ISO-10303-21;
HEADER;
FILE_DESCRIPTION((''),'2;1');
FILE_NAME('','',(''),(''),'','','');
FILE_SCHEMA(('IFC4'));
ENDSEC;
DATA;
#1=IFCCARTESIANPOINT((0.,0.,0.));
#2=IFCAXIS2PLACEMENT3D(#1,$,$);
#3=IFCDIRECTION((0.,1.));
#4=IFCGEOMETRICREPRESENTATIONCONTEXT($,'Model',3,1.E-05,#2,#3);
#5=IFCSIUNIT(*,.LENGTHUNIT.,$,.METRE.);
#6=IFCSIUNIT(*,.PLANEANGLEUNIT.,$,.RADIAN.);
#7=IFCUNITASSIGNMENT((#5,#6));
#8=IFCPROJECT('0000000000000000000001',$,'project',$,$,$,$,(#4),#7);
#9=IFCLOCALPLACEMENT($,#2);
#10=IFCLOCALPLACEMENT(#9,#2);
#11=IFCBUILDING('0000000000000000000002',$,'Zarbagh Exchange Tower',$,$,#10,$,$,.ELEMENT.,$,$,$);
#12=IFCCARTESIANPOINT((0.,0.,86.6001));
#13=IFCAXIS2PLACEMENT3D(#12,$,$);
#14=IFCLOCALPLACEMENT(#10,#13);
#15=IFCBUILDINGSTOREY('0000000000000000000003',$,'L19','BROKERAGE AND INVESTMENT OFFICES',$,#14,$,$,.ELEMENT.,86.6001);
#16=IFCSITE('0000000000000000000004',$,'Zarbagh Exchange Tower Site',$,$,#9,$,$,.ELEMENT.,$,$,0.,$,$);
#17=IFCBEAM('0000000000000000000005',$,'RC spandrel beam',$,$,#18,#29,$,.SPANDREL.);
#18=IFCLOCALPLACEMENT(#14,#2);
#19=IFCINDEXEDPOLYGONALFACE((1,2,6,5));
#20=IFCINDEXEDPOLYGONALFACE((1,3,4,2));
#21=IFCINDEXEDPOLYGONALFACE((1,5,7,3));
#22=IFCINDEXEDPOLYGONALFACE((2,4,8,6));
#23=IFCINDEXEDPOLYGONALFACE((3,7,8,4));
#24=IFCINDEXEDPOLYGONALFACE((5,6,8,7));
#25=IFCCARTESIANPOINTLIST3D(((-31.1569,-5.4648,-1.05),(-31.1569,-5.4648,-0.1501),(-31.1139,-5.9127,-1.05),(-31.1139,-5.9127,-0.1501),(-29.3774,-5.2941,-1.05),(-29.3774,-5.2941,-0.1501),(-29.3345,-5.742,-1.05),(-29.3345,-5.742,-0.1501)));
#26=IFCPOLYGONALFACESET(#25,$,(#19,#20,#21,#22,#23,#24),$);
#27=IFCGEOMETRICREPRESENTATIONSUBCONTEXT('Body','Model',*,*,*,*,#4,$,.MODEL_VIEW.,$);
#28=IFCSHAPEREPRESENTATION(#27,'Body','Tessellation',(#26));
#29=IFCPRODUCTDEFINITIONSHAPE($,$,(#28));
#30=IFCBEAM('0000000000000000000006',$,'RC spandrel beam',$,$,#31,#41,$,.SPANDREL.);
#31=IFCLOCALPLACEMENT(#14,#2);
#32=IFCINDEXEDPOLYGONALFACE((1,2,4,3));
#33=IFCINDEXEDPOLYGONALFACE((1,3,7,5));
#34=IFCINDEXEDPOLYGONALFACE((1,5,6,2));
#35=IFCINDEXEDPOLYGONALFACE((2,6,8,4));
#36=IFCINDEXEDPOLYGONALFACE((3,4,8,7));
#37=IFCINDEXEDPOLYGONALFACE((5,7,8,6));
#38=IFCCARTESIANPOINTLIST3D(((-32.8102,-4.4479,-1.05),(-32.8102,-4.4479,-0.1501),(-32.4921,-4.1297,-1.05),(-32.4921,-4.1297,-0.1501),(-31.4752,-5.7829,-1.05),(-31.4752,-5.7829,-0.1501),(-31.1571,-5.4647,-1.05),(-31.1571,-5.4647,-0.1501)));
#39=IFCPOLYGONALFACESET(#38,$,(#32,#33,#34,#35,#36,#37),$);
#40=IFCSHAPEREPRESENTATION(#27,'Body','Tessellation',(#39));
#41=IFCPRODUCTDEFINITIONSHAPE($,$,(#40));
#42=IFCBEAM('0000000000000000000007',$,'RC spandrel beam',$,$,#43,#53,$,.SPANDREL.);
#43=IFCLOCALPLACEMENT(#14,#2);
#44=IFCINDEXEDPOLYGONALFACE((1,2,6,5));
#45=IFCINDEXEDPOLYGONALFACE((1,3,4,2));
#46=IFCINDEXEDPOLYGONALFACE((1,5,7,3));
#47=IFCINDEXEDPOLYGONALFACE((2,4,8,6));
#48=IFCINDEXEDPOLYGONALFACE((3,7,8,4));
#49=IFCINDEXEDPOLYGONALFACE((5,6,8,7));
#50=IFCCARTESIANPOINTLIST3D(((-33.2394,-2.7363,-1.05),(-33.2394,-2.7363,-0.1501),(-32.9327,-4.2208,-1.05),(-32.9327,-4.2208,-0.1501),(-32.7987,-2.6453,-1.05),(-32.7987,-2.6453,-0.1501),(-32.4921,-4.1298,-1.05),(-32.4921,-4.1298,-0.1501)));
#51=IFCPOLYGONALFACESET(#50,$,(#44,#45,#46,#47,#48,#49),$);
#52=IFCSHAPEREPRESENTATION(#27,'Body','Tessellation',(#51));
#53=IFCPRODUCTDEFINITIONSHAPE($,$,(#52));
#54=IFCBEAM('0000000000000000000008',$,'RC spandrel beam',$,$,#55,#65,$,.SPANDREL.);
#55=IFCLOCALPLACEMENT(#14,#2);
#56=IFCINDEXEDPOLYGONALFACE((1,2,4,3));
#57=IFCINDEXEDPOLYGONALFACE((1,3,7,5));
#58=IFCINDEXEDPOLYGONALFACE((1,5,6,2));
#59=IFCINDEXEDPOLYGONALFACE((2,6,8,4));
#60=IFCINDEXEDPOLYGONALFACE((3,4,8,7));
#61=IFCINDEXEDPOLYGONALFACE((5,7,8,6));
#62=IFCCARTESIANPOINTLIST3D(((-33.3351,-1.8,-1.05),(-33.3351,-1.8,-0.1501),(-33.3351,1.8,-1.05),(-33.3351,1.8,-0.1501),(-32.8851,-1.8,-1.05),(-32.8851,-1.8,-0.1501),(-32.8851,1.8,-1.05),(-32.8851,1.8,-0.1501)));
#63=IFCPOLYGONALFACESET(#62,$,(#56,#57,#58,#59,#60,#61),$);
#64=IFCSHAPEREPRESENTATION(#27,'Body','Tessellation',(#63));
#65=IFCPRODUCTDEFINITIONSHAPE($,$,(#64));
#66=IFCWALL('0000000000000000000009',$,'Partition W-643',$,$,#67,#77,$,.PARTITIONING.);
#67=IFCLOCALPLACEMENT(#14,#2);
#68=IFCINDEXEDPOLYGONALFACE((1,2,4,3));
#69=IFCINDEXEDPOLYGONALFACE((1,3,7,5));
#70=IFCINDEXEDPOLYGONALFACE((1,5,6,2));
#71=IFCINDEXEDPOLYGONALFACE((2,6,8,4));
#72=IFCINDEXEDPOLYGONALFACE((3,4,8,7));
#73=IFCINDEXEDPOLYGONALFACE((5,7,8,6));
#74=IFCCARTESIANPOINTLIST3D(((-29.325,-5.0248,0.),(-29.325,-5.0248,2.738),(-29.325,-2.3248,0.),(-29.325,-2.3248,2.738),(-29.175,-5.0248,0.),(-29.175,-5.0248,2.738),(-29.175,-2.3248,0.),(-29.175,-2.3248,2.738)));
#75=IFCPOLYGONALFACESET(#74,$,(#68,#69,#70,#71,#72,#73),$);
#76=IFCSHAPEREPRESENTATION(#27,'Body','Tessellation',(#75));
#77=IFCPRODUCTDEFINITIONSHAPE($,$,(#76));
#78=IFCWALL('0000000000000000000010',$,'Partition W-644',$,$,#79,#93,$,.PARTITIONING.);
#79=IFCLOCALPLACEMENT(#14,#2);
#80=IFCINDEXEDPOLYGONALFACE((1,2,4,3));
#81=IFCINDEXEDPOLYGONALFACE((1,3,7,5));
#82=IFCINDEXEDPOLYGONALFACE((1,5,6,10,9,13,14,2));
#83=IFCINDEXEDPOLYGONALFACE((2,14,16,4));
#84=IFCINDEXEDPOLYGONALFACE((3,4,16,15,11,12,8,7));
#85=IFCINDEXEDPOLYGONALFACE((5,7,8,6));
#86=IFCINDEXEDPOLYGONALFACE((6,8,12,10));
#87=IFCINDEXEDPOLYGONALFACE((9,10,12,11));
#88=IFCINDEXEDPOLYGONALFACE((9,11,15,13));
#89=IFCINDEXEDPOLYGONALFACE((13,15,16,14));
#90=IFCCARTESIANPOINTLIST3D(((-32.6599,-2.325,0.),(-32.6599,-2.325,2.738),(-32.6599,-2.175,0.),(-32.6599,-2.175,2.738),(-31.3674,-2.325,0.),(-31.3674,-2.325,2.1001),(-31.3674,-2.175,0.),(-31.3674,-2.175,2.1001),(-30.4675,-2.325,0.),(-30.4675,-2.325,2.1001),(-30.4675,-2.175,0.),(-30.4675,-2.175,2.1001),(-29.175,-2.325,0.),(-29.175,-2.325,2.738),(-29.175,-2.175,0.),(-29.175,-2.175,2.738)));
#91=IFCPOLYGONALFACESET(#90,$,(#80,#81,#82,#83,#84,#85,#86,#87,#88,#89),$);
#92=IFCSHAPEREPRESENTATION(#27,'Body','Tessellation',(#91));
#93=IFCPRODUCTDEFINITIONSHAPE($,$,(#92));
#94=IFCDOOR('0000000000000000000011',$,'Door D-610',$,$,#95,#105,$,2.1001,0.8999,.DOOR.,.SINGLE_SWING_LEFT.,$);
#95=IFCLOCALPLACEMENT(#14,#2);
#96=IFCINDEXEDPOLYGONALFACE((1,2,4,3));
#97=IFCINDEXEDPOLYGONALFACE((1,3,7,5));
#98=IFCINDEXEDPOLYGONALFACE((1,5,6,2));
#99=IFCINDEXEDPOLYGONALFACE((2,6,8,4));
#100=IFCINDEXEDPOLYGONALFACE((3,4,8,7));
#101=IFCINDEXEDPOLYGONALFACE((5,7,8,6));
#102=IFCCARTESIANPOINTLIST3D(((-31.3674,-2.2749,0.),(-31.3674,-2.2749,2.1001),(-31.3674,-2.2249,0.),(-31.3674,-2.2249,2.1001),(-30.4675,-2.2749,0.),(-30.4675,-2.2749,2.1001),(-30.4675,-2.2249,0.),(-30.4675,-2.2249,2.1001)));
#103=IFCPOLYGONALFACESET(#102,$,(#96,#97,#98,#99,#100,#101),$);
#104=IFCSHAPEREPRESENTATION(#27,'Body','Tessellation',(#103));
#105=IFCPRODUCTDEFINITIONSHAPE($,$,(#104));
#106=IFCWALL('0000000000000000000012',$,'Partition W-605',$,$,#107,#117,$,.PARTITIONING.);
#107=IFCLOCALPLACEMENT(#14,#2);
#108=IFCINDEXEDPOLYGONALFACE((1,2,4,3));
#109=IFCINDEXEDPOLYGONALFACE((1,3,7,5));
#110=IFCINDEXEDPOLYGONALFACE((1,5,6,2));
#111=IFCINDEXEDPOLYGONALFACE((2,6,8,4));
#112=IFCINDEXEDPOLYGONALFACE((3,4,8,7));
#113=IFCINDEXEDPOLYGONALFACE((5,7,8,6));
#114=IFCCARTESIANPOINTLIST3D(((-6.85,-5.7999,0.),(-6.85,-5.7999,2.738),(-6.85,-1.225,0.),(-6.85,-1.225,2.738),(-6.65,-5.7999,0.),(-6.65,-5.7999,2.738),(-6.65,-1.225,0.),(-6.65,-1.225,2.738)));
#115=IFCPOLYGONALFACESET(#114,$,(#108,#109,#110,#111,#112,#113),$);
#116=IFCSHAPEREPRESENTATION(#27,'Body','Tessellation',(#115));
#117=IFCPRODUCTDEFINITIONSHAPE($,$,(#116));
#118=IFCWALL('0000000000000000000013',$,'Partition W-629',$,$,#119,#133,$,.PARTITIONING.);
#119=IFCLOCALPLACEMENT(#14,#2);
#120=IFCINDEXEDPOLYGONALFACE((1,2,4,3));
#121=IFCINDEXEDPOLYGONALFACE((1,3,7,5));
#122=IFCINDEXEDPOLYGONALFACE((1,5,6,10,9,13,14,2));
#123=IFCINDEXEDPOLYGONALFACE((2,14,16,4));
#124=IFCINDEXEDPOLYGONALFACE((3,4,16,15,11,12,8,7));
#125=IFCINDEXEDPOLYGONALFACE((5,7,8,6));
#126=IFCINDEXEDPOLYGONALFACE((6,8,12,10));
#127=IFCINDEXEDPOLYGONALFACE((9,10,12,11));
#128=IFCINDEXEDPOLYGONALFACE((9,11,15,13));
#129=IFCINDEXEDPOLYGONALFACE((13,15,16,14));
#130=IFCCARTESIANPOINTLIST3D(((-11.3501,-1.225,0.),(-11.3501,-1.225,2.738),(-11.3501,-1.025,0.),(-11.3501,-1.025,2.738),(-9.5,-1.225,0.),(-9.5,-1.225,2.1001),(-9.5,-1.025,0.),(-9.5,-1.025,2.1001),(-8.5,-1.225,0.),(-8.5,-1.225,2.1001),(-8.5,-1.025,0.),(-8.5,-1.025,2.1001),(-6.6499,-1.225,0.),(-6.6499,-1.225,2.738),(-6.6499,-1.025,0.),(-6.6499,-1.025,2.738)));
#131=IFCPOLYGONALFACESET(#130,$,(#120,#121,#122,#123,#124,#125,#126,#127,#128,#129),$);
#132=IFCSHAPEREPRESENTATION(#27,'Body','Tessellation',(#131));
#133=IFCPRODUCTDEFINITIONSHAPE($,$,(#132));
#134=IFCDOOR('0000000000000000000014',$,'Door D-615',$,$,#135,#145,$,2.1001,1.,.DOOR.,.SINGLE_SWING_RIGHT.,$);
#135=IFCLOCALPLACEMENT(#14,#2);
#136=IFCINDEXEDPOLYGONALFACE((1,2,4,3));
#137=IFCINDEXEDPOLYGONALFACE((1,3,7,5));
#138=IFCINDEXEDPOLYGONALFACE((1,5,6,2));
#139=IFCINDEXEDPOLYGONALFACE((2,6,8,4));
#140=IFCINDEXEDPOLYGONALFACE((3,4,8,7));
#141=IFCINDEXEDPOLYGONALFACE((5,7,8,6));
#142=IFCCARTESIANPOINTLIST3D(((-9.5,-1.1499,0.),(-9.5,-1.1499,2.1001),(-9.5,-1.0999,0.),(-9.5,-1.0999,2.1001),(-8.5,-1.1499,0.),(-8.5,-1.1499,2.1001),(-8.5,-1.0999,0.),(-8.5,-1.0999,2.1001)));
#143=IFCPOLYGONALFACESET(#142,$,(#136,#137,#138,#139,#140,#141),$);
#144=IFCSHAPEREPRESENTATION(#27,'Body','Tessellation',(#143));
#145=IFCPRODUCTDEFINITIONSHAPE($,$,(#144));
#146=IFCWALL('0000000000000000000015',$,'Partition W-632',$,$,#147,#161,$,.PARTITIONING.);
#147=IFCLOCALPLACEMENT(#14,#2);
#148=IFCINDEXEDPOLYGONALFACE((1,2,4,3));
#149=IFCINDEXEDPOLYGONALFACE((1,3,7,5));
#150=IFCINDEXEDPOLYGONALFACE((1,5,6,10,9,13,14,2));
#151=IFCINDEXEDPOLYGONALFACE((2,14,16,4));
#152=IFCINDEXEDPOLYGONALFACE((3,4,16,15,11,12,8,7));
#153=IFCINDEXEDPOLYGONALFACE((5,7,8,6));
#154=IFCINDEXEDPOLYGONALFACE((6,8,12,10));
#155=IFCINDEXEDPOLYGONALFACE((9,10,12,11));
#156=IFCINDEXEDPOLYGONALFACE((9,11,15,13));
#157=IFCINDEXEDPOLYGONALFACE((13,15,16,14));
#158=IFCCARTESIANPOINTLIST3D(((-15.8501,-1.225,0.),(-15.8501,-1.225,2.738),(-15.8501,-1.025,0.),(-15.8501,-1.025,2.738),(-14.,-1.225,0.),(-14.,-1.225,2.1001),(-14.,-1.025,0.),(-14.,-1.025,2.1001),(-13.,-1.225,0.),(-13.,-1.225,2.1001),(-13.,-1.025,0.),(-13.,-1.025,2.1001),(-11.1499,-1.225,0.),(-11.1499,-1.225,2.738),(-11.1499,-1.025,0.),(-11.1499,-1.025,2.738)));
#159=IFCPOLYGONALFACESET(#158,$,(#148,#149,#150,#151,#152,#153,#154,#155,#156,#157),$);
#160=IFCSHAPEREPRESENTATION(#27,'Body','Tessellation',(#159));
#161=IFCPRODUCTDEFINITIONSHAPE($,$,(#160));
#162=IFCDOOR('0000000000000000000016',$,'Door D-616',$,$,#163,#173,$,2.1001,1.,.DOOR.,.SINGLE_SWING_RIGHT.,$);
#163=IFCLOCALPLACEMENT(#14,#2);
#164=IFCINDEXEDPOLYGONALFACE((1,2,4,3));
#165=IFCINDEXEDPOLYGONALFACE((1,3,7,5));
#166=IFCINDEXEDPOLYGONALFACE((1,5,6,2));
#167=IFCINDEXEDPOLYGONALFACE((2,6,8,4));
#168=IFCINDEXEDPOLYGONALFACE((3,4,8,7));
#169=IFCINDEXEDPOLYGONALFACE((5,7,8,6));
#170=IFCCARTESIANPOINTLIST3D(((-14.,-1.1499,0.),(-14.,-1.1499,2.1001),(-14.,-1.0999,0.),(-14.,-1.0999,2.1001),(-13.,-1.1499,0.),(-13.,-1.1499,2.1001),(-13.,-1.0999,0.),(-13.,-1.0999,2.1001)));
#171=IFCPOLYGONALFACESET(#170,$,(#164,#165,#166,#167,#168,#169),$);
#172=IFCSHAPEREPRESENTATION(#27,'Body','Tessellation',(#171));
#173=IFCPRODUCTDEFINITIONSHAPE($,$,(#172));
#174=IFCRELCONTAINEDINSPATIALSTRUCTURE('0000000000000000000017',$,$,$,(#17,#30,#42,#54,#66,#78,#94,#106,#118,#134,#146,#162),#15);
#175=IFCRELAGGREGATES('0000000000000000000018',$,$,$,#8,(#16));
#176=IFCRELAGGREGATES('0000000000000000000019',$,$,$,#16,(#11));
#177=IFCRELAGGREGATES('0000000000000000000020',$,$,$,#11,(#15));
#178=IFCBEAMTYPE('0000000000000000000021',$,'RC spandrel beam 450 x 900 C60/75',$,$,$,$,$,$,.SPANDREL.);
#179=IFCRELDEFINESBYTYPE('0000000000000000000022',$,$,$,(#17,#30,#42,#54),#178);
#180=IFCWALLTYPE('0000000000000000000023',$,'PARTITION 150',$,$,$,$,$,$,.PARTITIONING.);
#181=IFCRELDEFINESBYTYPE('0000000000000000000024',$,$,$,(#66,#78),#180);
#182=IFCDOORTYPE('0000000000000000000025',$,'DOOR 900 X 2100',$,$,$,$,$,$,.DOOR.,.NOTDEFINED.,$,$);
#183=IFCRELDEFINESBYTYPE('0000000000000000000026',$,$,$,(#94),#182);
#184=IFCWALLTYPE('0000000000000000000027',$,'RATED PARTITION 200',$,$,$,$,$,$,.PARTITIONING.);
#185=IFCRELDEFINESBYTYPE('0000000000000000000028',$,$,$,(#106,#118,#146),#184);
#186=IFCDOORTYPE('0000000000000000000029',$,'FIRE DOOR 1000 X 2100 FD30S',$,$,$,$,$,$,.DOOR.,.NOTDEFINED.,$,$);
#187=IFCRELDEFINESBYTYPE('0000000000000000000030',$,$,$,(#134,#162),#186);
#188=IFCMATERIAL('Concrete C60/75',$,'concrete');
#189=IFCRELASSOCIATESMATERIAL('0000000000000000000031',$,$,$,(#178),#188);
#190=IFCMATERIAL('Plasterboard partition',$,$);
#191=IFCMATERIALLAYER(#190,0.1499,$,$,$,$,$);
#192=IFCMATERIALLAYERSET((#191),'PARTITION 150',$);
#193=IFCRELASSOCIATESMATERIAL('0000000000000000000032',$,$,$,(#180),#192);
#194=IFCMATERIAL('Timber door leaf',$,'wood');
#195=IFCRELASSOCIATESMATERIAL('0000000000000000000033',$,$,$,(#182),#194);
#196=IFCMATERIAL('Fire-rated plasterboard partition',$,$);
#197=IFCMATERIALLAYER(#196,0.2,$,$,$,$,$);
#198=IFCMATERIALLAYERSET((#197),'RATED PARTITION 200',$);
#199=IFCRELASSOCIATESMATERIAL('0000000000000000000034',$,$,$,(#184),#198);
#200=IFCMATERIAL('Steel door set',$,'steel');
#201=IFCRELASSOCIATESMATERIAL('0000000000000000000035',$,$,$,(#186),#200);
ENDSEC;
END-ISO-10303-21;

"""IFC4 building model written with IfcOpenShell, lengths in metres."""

from ifc_helpers import new_model, si_unit, direction, frame, frame_2d, origin, origin_2d, place, context, subcontext, project, spatial, rectangle, extrude, material, layer, layer_set, material_profile, profile_set, type_object, element, fill, save


model = new_model("IFC4")

# Units and contexts
model_context = context("Model", 3, precision=1e-05, world=origin(), true_north=direction((0.0, 1.0)))
body_context = subcontext(model_context, "Body", "Model", "MODEL_VIEW")
ifc_project = project(units=[si_unit("LENGTHUNIT", "METRE"), si_unit("PLANEANGLEUNIT", "RADIAN")], contexts=[model_context])

# Site, building, storey
site_placement = place(None, origin())
site = spatial("IfcSite", under=ifc_project, at=site_placement, Name="Zarbagh Exchange Tower Site", CompositionType="ELEMENT", RefElevation=0.0)
building_placement = place(site_placement, origin())
building = spatial("IfcBuilding", under=site, at=building_placement, Name="Zarbagh Exchange Tower", CompositionType="ELEMENT")
storey_placement = place(building_placement, frame((0.0, 0.0, 86.6001)))
storey = spatial("IfcBuildingStorey", under=building, at=storey_placement, Name="L19", Description="BROKERAGE AND INVESTMENT OFFICES", CompositionType="ELEMENT", Elevation=86.6001)

# Shared definitions
ifc_material_1 = material(Name="Concrete C60/75", Category="concrete")

# Beams
ifc_material_profile_1 = material_profile(ifc_material_1, rectangle(XDim=0.45, YDim=0.8999, at=origin_2d()), Name="RC spandrel beam 450 x 900 C60/75")
ifc_profile_set_1 = profile_set([ifc_material_profile_1], Name="Concrete C60/75")
beam_type_1 = type_object("IfcBeamType", Name="RC spandrel beam 450 x 900 C60/75", PredefinedType="SPANDREL", material=ifc_profile_set_1)
beam_1_placement = place(storey_placement, frame((-29.356, -5.5181, -0.6001), z_axis=(-0.995433, -0.09546, 0.0), x_axis=(0.09546, -0.995433, 0.0)))
element("IfcBeam", 1, at=beam_1_placement, inside=storey, type_object=beam_type_1, Name="RC spandrel beam", PredefinedType="SPANDREL", context=body_context, shape_type="SweptSolid", body=[
    extrude(rectangle(XDim=0.45, YDim=0.8999, at=origin_2d()), origin(), (0.0, 0.0, 1.0), 1.7876),
])
beam_2_placement = place(storey_placement, frame((-31.3162, -5.6238, -0.6001), z_axis=(-0.707107, 0.707107, 0.0), x_axis=(-0.707107, -0.707107, 0.0)))
element("IfcBeam", 2, at=beam_2_placement, inside=storey, type_object=beam_type_1, Name="RC spandrel beam", PredefinedType="SPANDREL", context=body_context, shape_type="SweptSolid", body=[
    extrude(rectangle(XDim=0.45, YDim=0.8999, at=origin_2d()), origin(), (0.0, 0.0, 1.0), 1.8879),
])
beam_3_placement = place(storey_placement, frame((-32.7124, -4.1753, -0.6001), z_axis=(-0.202275, 0.979329, 0.0), x_axis=(-0.979329, -0.202275, 0.0)))
element("IfcBeam", 3, at=beam_3_placement, inside=storey, type_object=beam_type_1, Name="RC spandrel beam", PredefinedType="SPANDREL", context=body_context, shape_type="SweptSolid", body=[
    extrude(rectangle(XDim=0.45, YDim=0.8999, at=origin_2d()), origin(), (0.0, 0.0, 1.0), 1.5159),
])
beam_4_placement = place(storey_placement, frame((-33.1101, -1.8, -0.6001), z_axis=(0.0, 1.0, 0.0), x_axis=(-1.0, 0.0, 0.0)))
element("IfcBeam", 4, at=beam_4_placement, inside=storey, type_object=beam_type_1, Name="RC spandrel beam", PredefinedType="SPANDREL", context=body_context, shape_type="SweptSolid", body=[
    extrude(rectangle(XDim=0.45, YDim=0.8999, at=origin_2d()), origin(), (0.0, 0.0, 1.0), 3.6001),
])

# Wall
ifc_material_2 = material(Name="Plasterboard partition")
ifc_layer_1 = layer(ifc_material_2, 0.1499)
ifc_layer_set_1 = layer_set([ifc_layer_1], Name="PARTITION 150")
wall_type_1 = type_object("IfcWallType", Name="PARTITION 150", PredefinedType="PARTITIONING", material=ifc_layer_set_1)
wall_1_placement = place(storey_placement, frame((-29.25, -5.0249, 0.0), z_axis=(0.0, 0.0, 1.0), x_axis=(0.0, 1.0, 0.0)))
element("IfcWall", 5, at=wall_1_placement, inside=storey, type_object=wall_type_1, Name="Partition W-643", PredefinedType="PARTITIONING", context=body_context, shape_type="SweptSolid", body=[
    extrude(rectangle(XDim=2.7, YDim=0.1499, at=frame_2d((1.3501, 0.0))), origin(), (0.0, 0.0, 1.0), 2.738),
])

# Wall, opening, door
wall_2_placement = place(storey_placement, frame((-29.175, -2.25, 0.0), z_axis=(0.0, 0.0, 1.0), x_axis=(-1.0, 0.0, 0.0)))
wall_2 = element("IfcWall", 6, at=wall_2_placement, inside=storey, type_object=wall_type_1, Name="Partition W-644", PredefinedType="PARTITIONING", context=body_context, shape_type="SweptSolid", body=[
    extrude(rectangle(XDim=3.4849, YDim=0.1499, at=frame_2d((1.7424, 0.0))), origin(), (0.0, 0.0, 1.0), 2.738),
])
opening_1_placement = place(wall_2_placement, frame((1.2925, 0.0, 0.0)))
opening_1 = element("IfcOpeningElement", 7, at=opening_1_placement, cuts=wall_2, PredefinedType="OPENING", context=body_context, shape_type="SweptSolid", body=[
    extrude(rectangle(XDim=0.8999, YDim=2.1001, at=frame_2d((0.45, 1.05))), frame((0.0, 0.085, 0.0), z_axis=(0.0, -1.0, 0.0), x_axis=(1.0, 0.0, 0.0)), (0.0, 0.0, 1.0), 0.1699),
])
ifc_material_3 = material(Name="Timber door leaf", Category="wood")
door_type_1 = type_object("IfcDoorType", Name="DOOR 900 X 2100", OperationType="NOTDEFINED", PredefinedType="DOOR", material=ifc_material_3)
door_1_placement = place(opening_1_placement, origin())
door_1 = element("IfcDoor", 8, at=door_1_placement, inside=storey, type_object=door_type_1, Name="Door D-610", OperationType="SINGLE_SWING_LEFT", OverallHeight=2.1001, OverallWidth=0.8999, PredefinedType="DOOR", context=body_context, shape_type="SweptSolid", body=[
    extrude(rectangle(XDim=0.8999, YDim=2.1001, at=frame_2d((0.45, 1.05))), frame((0.0, 0.0249, 0.0), z_axis=(0.0, -1.0, 0.0), x_axis=(1.0, 0.0, 0.0)), (0.0, 0.0, 1.0), 0.05),
])
fill(opening_1, door_1)

# Wall
ifc_material_4 = material(Name="Fire-rated plasterboard partition")
ifc_layer_2 = layer(ifc_material_4, 0.2)
ifc_layer_set_2 = layer_set([ifc_layer_2], Name="RATED PARTITION 200")
wall_type_2 = type_object("IfcWallType", Name="RATED PARTITION 200", PredefinedType="PARTITIONING", material=ifc_layer_set_2)
wall_3_placement = place(storey_placement, frame((-6.75, -5.8, 0.0), z_axis=(0.0, 0.0, 1.0), x_axis=(0.0, 1.0, 0.0)))
element("IfcWall", 9, at=wall_3_placement, inside=storey, type_object=wall_type_2, Name="Partition W-605", PredefinedType="PARTITIONING", context=body_context, shape_type="SweptSolid", body=[
    extrude(rectangle(XDim=4.575, YDim=0.2, at=frame_2d((2.2876, 0.0))), origin(), (0.0, 0.0, 1.0), 2.738),
])

# Walls, openings, doors
wall_4_placement = place(storey_placement, frame((-6.6499, -1.125, 0.0), z_axis=(0.0, 0.0, 1.0), x_axis=(-1.0, 0.0, 0.0)))
wall_4 = element("IfcWall", 10, at=wall_4_placement, inside=storey, type_object=wall_type_2, Name="Partition W-629", PredefinedType="PARTITIONING", context=body_context, shape_type="SweptSolid", body=[
    extrude(rectangle(XDim=4.7002, YDim=0.2, at=frame_2d((2.3501, 0.0))), origin(), (0.0, 0.0, 1.0), 2.738),
])
opening_2_placement = place(wall_4_placement, frame((1.8501, 0.0, 0.0)))
opening_2 = element("IfcOpeningElement", 11, at=opening_2_placement, cuts=wall_4, PredefinedType="OPENING", context=body_context, shape_type="SweptSolid", body=[
    extrude(rectangle(XDim=1.0, YDim=2.1001, at=frame_2d((0.5, 1.05))), frame((0.0, 0.1099, 0.0), z_axis=(0.0, -1.0, 0.0), x_axis=(1.0, 0.0, 0.0)), (0.0, 0.0, 1.0), 0.22),
])
ifc_material_5 = material(Name="Steel door set", Category="steel")
door_type_2 = type_object("IfcDoorType", Name="FIRE DOOR 1000 X 2100 FD30S", OperationType="NOTDEFINED", PredefinedType="DOOR", material=ifc_material_5)
door_2_placement = place(opening_2_placement, origin())
door_2 = element("IfcDoor", 12, at=door_2_placement, inside=storey, type_object=door_type_2, Name="Door D-615", OperationType="SINGLE_SWING_RIGHT", OverallHeight=2.1001, OverallWidth=1.0, PredefinedType="DOOR", context=body_context, shape_type="SweptSolid", body=[
    extrude(rectangle(XDim=1.0, YDim=2.1001, at=frame_2d((0.5, 1.05))), frame((0.0, 0.0249, 0.0), z_axis=(0.0, -1.0, 0.0), x_axis=(1.0, 0.0, 0.0)), (0.0, 0.0, 1.0), 0.05),
])
fill(opening_2, door_2)
wall_5_placement = place(storey_placement, frame((-11.1499, -1.125, 0.0), z_axis=(0.0, 0.0, 1.0), x_axis=(-1.0, 0.0, 0.0)))
wall_5 = element("IfcWall", 13, at=wall_5_placement, inside=storey, type_object=wall_type_2, Name="Partition W-632", PredefinedType="PARTITIONING", context=body_context, shape_type="SweptSolid", body=[
    extrude(rectangle(XDim=4.7002, YDim=0.2, at=frame_2d((2.3501, 0.0))), origin(), (0.0, 0.0, 1.0), 2.738),
])
opening_3_placement = place(wall_5_placement, frame((1.8501, 0.0, 0.0)))
opening_3 = element("IfcOpeningElement", 14, at=opening_3_placement, cuts=wall_5, PredefinedType="OPENING", context=body_context, shape_type="SweptSolid", body=[
    extrude(rectangle(XDim=1.0, YDim=2.1001, at=frame_2d((0.5, 1.05))), frame((0.0, 0.1099, 0.0), z_axis=(0.0, -1.0, 0.0), x_axis=(1.0, 0.0, 0.0)), (0.0, 0.0, 1.0), 0.22),
])
door_3_placement = place(opening_3_placement, origin())
door_3 = element("IfcDoor", 15, at=door_3_placement, inside=storey, type_object=door_type_2, Name="Door D-616", OperationType="SINGLE_SWING_RIGHT", OverallHeight=2.1001, OverallWidth=1.0, PredefinedType="DOOR", context=body_context, shape_type="SweptSolid", body=[
    extrude(rectangle(XDim=1.0, YDim=2.1001, at=frame_2d((0.5, 1.05))), frame((0.0, 0.0249, 0.0), z_axis=(0.0, -1.0, 0.0), x_axis=(1.0, 0.0, 0.0)), (0.0, 0.0, 1.0), 0.05),
])
fill(opening_3, door_3)

save(model, "model.ifc")
